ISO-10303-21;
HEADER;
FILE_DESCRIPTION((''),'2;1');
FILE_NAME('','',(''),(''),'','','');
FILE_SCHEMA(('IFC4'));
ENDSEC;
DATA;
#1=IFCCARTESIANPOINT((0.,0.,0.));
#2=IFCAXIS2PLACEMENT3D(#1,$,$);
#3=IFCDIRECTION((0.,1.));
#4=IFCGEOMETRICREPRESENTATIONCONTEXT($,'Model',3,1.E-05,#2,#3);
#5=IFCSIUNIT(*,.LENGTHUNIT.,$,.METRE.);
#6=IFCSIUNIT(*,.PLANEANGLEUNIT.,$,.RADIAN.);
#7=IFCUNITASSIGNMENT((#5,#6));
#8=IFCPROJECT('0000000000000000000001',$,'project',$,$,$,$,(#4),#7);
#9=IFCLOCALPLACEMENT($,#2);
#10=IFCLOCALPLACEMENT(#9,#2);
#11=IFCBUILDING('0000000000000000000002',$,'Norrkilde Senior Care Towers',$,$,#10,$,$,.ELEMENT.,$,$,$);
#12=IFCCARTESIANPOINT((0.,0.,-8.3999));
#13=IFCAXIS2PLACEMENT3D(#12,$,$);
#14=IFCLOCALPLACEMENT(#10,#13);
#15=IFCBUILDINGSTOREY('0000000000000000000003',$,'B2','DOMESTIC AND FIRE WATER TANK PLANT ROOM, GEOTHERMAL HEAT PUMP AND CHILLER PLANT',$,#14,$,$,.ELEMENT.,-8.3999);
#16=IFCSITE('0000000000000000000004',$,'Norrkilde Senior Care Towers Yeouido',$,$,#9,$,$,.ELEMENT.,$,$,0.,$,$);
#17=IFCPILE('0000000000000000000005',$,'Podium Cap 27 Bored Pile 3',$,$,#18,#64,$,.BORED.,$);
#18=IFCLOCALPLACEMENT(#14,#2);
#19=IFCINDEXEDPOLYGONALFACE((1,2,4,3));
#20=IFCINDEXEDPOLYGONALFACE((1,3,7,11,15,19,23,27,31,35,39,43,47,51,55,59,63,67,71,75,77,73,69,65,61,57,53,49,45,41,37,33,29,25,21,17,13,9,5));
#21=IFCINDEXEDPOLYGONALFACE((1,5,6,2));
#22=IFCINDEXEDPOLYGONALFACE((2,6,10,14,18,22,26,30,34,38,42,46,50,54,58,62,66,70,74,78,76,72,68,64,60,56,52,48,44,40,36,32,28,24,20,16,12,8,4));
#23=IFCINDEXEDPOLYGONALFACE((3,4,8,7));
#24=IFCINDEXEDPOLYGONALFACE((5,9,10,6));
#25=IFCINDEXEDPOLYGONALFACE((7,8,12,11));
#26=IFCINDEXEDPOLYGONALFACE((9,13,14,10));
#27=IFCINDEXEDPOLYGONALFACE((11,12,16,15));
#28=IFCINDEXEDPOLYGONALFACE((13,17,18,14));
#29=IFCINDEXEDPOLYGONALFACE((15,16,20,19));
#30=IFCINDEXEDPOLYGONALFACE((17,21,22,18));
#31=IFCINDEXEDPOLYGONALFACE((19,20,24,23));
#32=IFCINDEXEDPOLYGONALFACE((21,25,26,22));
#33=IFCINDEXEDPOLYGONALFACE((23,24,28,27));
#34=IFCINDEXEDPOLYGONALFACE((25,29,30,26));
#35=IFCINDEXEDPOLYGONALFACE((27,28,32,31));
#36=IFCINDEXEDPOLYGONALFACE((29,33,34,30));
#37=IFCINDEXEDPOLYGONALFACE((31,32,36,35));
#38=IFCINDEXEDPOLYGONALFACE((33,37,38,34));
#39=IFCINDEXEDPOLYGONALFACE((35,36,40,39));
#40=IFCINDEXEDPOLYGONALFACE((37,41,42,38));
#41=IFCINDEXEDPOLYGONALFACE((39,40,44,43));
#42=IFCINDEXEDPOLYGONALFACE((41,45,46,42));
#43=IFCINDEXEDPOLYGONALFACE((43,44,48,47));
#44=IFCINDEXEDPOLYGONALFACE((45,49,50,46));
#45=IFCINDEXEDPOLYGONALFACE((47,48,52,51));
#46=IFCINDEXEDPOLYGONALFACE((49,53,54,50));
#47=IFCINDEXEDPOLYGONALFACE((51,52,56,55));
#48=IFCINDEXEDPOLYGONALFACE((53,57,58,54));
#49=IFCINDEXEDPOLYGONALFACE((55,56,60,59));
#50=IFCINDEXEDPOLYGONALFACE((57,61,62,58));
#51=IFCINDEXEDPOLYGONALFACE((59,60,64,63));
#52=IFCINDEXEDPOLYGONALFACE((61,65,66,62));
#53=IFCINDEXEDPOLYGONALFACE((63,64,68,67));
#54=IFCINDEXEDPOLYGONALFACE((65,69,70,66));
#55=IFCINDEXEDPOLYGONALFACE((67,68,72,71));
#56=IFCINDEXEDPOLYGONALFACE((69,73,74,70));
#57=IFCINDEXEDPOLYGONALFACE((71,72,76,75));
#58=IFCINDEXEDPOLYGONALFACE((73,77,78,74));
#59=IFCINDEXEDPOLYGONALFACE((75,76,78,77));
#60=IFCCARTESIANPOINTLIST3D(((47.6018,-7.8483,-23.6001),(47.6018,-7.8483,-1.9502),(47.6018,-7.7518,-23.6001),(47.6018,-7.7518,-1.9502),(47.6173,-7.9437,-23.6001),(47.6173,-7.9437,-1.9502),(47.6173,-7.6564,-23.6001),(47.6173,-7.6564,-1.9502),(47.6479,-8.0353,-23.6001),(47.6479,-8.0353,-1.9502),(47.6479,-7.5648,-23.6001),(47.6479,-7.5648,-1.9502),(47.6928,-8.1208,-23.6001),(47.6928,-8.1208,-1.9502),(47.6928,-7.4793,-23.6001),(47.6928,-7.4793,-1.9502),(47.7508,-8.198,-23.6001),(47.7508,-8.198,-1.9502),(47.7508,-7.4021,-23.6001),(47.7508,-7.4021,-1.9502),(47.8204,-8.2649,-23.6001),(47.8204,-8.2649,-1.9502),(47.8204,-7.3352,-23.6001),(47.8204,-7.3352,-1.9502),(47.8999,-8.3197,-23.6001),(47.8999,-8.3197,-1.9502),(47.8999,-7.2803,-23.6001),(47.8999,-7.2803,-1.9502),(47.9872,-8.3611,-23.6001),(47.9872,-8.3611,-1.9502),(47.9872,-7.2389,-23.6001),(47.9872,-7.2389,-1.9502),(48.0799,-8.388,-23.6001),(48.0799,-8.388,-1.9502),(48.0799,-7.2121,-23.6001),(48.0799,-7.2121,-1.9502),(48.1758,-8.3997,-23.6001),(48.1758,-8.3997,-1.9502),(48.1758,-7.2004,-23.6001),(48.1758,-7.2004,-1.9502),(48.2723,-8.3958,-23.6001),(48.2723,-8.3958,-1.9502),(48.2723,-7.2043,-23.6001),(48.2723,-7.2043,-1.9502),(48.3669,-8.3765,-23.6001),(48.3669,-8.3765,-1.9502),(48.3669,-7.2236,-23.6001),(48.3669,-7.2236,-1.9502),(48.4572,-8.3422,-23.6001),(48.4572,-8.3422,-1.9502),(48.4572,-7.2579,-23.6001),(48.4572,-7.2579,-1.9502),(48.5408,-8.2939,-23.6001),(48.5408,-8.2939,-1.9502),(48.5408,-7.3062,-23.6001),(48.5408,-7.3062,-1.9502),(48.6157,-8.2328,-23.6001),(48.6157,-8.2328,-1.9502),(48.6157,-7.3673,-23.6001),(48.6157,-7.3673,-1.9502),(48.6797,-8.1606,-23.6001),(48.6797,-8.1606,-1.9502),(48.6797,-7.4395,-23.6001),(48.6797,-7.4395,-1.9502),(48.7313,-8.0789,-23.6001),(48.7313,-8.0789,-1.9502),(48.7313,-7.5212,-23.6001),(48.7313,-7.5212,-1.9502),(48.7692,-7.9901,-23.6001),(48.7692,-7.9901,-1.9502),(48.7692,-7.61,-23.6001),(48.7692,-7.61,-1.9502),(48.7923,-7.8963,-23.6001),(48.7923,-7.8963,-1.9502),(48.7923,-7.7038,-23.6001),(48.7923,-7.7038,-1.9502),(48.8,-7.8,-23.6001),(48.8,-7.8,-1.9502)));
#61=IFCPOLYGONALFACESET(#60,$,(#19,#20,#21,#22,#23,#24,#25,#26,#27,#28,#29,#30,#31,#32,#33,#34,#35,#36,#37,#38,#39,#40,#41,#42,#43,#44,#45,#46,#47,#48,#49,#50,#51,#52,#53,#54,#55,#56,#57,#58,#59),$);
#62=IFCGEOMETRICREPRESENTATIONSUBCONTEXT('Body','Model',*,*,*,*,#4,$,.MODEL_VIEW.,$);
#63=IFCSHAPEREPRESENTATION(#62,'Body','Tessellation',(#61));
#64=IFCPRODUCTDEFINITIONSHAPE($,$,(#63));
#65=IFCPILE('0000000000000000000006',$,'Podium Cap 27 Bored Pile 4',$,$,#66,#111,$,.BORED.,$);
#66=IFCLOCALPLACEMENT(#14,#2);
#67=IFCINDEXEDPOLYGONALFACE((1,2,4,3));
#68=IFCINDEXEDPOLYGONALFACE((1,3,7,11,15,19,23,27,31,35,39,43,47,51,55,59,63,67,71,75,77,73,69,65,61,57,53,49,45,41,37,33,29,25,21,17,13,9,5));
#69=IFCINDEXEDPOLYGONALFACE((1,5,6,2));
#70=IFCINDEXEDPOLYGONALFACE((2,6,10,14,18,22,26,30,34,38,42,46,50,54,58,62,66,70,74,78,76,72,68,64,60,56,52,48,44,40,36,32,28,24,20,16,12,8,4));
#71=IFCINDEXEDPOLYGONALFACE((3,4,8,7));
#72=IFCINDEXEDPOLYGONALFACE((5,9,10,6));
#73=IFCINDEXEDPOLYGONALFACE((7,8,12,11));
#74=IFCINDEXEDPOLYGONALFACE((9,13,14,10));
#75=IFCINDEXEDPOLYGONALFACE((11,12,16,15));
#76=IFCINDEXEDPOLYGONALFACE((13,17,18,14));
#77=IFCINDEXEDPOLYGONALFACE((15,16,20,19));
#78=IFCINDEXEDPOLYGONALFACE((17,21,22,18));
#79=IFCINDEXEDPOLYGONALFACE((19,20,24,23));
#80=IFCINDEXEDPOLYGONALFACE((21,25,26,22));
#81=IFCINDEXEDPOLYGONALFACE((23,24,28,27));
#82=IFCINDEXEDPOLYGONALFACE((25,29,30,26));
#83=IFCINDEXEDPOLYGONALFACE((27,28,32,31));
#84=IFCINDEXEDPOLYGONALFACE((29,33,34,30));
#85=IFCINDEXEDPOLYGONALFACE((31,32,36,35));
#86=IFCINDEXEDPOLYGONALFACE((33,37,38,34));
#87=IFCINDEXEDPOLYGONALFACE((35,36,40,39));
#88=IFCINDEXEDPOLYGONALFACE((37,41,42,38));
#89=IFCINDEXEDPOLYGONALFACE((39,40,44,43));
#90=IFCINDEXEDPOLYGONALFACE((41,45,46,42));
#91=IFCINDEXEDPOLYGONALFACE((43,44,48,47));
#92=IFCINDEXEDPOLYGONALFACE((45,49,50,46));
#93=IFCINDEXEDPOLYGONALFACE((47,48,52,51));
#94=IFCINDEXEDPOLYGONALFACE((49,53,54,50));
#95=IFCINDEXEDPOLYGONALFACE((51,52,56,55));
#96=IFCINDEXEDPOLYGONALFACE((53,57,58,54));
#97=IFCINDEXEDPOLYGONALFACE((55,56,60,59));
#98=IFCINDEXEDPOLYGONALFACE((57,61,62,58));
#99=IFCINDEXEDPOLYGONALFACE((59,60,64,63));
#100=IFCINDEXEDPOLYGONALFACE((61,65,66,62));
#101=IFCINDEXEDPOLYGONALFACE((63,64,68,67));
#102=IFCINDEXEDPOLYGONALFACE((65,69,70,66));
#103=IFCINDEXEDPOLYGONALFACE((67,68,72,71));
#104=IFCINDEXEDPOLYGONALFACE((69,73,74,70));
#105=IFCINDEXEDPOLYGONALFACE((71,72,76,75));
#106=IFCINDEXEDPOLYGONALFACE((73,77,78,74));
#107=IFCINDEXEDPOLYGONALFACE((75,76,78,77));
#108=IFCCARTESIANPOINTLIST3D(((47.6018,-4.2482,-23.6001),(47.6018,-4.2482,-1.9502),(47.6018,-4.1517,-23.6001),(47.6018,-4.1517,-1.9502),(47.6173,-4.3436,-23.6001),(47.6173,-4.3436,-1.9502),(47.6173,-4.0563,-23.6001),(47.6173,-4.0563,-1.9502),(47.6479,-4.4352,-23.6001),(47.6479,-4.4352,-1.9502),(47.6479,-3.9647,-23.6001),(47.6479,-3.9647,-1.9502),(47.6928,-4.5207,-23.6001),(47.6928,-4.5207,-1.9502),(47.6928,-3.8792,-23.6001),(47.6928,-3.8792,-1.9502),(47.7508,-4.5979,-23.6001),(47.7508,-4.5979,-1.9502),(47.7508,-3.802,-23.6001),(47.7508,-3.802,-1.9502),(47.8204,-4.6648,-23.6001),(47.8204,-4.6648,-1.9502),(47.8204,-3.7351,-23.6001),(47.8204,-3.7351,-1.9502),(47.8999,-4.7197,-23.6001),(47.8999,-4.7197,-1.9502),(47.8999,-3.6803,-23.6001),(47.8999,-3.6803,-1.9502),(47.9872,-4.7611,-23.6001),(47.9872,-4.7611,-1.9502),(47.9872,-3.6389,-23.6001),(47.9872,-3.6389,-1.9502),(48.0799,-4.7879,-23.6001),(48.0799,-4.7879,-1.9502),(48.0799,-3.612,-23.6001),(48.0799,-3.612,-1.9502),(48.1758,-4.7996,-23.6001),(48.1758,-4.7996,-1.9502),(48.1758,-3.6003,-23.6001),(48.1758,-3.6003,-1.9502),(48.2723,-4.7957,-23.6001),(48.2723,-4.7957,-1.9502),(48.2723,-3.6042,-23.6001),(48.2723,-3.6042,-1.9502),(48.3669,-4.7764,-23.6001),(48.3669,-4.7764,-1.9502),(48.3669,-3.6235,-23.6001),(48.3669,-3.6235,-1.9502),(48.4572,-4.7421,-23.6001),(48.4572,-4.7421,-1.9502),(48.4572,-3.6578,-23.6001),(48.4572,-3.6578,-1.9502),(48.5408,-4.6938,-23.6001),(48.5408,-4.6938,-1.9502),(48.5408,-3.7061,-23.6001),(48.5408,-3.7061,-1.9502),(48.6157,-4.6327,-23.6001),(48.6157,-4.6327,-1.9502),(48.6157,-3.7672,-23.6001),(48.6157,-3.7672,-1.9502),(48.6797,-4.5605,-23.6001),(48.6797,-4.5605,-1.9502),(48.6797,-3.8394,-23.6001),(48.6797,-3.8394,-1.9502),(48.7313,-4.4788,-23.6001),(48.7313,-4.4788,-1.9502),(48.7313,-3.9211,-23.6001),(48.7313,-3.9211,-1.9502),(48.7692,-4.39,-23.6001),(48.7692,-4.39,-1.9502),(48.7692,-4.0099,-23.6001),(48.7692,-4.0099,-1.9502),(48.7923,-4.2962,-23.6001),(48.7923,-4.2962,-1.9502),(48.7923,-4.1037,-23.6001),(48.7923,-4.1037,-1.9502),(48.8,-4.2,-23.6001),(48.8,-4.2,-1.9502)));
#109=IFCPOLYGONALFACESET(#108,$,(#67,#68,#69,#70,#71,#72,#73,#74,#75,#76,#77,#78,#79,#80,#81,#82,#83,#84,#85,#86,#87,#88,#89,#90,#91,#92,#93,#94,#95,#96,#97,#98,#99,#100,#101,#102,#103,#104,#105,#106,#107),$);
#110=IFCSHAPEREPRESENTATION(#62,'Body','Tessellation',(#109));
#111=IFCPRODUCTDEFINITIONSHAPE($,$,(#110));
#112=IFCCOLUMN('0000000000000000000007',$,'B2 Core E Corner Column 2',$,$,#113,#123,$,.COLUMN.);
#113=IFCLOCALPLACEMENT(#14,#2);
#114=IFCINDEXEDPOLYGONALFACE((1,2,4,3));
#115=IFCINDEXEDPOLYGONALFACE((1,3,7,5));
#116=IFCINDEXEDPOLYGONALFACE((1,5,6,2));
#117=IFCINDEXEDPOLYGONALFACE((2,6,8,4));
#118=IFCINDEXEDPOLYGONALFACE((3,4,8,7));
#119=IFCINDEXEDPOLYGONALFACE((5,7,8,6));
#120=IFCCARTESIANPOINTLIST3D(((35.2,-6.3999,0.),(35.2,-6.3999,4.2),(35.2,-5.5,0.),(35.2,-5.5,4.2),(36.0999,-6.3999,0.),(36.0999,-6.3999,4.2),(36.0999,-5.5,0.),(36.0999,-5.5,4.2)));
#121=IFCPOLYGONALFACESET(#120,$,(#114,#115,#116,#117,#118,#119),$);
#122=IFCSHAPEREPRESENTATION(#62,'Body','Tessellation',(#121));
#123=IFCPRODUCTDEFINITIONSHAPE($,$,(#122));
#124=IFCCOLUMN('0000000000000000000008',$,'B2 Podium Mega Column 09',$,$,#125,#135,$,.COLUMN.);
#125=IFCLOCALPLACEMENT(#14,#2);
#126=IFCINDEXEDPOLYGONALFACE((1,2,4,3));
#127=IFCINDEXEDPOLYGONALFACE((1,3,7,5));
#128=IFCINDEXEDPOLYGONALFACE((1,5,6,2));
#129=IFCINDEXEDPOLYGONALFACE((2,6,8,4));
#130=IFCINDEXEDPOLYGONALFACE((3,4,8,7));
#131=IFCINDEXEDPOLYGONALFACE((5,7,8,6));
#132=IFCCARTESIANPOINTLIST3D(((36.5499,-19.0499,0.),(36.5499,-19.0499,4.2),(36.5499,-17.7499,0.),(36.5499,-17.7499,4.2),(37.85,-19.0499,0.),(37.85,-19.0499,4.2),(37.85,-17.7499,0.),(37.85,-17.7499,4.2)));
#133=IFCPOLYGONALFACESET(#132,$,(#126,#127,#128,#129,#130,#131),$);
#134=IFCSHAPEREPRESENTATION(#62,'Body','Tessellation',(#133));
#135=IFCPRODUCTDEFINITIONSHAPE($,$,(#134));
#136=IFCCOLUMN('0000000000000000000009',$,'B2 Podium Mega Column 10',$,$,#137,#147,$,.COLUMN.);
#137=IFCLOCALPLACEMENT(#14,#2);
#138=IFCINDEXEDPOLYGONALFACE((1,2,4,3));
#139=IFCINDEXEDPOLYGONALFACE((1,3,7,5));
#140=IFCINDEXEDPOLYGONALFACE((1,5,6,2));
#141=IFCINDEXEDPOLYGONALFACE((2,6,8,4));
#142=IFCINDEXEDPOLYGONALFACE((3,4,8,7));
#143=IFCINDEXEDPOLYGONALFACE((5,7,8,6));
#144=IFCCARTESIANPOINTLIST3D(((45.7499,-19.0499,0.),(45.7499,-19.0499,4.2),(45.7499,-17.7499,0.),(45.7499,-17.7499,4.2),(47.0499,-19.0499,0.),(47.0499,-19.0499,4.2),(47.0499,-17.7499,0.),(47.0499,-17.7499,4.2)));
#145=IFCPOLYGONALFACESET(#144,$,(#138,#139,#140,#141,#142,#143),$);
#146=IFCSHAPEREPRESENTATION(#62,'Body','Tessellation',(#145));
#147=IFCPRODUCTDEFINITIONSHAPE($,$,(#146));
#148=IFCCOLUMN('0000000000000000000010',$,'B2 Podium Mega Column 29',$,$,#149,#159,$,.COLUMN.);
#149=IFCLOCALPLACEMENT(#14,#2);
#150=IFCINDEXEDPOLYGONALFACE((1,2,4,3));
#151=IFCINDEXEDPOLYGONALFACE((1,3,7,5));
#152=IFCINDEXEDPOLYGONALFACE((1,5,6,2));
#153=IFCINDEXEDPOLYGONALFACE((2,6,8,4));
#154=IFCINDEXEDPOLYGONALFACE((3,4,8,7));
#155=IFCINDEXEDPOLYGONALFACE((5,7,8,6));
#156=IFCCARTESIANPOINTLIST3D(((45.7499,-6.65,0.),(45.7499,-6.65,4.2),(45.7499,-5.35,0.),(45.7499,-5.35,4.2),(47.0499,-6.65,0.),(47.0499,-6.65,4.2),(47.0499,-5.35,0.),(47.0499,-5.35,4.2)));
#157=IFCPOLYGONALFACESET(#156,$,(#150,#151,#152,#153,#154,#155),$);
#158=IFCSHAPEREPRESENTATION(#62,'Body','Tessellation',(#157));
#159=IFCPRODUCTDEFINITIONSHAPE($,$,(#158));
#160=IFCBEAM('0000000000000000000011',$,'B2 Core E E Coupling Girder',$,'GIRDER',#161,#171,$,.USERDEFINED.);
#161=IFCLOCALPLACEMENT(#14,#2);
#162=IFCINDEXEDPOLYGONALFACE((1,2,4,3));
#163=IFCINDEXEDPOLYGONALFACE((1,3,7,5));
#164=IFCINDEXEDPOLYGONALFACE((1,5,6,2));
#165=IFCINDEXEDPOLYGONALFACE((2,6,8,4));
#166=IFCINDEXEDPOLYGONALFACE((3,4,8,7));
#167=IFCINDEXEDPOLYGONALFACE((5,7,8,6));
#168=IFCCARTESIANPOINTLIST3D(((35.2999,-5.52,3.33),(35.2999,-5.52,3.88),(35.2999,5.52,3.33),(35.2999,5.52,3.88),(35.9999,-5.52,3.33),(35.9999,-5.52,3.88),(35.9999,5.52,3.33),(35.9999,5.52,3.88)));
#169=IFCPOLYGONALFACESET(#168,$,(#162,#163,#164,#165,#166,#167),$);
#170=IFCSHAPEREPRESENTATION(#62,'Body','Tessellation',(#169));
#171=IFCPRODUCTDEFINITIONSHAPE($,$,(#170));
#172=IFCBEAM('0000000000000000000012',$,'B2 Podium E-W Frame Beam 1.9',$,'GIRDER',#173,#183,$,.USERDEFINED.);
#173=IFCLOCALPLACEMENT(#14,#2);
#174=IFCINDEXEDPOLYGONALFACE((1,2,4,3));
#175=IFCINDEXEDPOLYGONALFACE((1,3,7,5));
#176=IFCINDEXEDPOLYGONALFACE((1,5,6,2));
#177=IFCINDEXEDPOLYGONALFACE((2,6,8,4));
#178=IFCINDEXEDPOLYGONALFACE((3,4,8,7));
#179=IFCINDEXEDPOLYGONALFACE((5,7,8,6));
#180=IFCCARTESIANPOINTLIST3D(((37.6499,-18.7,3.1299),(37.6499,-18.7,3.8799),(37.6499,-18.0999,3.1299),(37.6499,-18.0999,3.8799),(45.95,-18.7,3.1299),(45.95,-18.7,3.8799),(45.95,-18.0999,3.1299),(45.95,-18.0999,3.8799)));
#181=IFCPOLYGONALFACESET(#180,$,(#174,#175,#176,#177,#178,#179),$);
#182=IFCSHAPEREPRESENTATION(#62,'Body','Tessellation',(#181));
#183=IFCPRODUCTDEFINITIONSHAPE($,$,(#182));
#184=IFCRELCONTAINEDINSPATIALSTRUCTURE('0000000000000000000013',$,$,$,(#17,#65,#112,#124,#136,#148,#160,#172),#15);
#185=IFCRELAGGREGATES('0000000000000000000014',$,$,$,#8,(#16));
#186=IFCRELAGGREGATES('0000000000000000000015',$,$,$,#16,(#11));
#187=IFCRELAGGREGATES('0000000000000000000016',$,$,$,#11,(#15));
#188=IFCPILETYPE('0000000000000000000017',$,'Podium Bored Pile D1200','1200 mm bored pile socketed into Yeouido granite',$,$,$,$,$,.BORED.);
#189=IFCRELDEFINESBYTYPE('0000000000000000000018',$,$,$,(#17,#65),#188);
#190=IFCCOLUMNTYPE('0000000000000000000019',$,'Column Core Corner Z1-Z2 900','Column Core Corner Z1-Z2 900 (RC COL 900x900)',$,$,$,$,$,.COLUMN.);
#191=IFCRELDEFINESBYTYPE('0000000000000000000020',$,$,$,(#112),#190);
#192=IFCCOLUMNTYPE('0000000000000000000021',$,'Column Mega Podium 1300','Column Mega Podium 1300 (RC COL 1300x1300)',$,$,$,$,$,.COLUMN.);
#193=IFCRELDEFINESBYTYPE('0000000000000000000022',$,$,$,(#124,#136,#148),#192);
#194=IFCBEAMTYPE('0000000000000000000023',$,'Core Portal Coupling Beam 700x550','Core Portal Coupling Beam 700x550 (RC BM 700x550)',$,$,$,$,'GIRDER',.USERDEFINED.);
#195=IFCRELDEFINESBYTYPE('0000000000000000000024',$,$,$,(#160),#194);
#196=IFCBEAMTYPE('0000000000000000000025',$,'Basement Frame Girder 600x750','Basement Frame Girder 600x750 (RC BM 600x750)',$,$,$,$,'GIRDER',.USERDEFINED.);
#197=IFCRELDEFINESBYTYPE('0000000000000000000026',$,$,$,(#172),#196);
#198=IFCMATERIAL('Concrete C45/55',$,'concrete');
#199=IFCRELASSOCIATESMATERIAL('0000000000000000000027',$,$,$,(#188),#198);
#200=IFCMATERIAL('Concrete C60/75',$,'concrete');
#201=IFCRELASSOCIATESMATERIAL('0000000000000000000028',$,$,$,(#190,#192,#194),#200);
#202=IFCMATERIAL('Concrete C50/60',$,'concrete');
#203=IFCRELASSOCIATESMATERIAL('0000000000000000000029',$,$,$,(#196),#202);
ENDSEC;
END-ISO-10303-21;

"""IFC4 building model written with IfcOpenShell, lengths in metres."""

from ifc_helpers import new_model, si_unit, direction, frame, origin, origin_2d, place, context, subcontext, project, spatial, rectangle, circle, extrude, source, transform, mapped, material, material_profile, profile_set, type_object, type_shapes, element, save


model = new_model("IFC4")

# Units and contexts
model_context = context("Model", 3, precision=1e-05, world=origin(), true_north=direction((0.0, 1.0)))
body_context = subcontext(model_context, "Body", "Model", "MODEL_VIEW")
ifc_project = project(units=[si_unit("LENGTHUNIT", "METRE"), si_unit("PLANEANGLEUNIT", "RADIAN")], contexts=[model_context])

# Site, building, storey
site_placement = place(None, origin())
site = spatial("IfcSite", under=ifc_project, at=site_placement, Name="Norrkilde Senior Care Towers Yeouido", CompositionType="ELEMENT", RefElevation=0.0)
building_placement = place(site_placement, origin())
building = spatial("IfcBuilding", under=site, at=building_placement, Name="Norrkilde Senior Care Towers", CompositionType="ELEMENT")
storey_placement = place(building_placement, frame((0.0, 0.0, -8.3999)))
storey = spatial("IfcBuildingStorey", under=building, at=storey_placement, Name="B2", Description="DOMESTIC AND FIRE WATER TANK PLANT ROOM, GEOTHERMAL HEAT PUMP AND CHILLER PLANT", CompositionType="ELEMENT", Elevation=-8.3999)

# Piles
ifc_material_1 = material(Name="Concrete C45/55", Category="concrete")
ifc_material_profile_1 = material_profile(ifc_material_1, circle(Radius=0.6001, at=origin_2d()), Name="BORED PILE 1200")
ifc_profile_set_1 = profile_set([ifc_material_profile_1], Name="Concrete C45/55")
pile_type_1 = type_object("IfcPileType", Name="Podium Bored Pile D1200", Description="1200 mm bored pile socketed into Yeouido granite", PredefinedType="BORED", material=ifc_profile_set_1)
shared_shape_1 = source(origin(), body_context, "Body", "SweptSolid", [
    extrude(circle(Radius=0.6001, at=origin_2d()), origin(), (0.0, 0.0, 1.0), 21.6499),
])
for number, where, z_axis, x_axis, name in (
    (1, (48.2, -7.8, -1.9502), (0.0, 0.0, -1.0), (1.0, 0.0, 0.0), "Podium Cap 27 Bored Pile 3"),
    (2, (48.2, -4.2, -1.9502), (0.0, 0.0, -1.0), (1.0, 0.0, 0.0), "Podium Cap 27 Bored Pile 4"),
):
    element("IfcPile", number, at=place(storey_placement, frame(where, z_axis=z_axis, x_axis=x_axis)), inside=storey, type_object=pile_type_1, Name=name, PredefinedType="BORED", context=body_context, shape_type="MappedRepresentation", body=[
        mapped(shared_shape_1, transform((0.0, 0.0, 0.0), x_axis=(1.0, 0.0, 0.0), y_axis=(0.0, 1.0, 0.0), z_axis=(0.0, 0.0, 1.0), scale=1.0)),
    ])

# Columns
ifc_material_2 = material(Name="Concrete C60/75", Category="concrete")
ifc_material_profile_2 = material_profile(ifc_material_2, rectangle(XDim=0.8999, YDim=0.8999, at=origin_2d()), Name="RC COL 900x900")
ifc_profile_set_2 = profile_set([ifc_material_profile_2], Name="Concrete C60/75")
column_type_1 = type_object("IfcColumnType", Name="Column Core Corner Z1-Z2 900", Description="Column Core Corner Z1-Z2 900 (RC COL 900x900)", PredefinedType="COLUMN", material=ifc_profile_set_2)
shared_shape_2 = source(origin(), body_context, "Body", "SweptSolid", [
    extrude(rectangle(XDim=0.8999, YDim=0.8999, at=origin_2d()), origin(), (0.0, 0.0, 1.0), 4.2),
])
type_shapes(column_type_1, [shared_shape_2])
column_placement = place(storey_placement, frame((35.6499, -5.95, 0.0), z_axis=(0.0, 0.0, 1.0), x_axis=(1.0, 0.0, 0.0)))
element("IfcColumn", 3, at=column_placement, inside=storey, type_object=column_type_1, Name="B2 Core E Corner Column 2", PredefinedType="COLUMN", context=body_context, shape_type="MappedRepresentation", body=[
    mapped(shared_shape_2, transform((0.0, 0.0, 0.0), x_axis=(1.0, 0.0, 0.0), y_axis=(0.0, 1.0, 0.0), z_axis=(0.0, 0.0, 1.0), scale=1.0)),
])
ifc_material_profile_3 = material_profile(ifc_material_2, rectangle(XDim=1.3, YDim=1.3, at=origin_2d()), Name="RC COL 1300x1300")
ifc_profile_set_3 = profile_set([ifc_material_profile_3], Name="Concrete C60/75")
column_type_2 = type_object("IfcColumnType", Name="Column Mega Podium 1300", Description="Column Mega Podium 1300 (RC COL 1300x1300)", PredefinedType="COLUMN", material=ifc_profile_set_3)
shared_shape_3 = source(origin(), body_context, "Body", "SweptSolid", [
    extrude(rectangle(XDim=1.3, YDim=1.3, at=origin_2d()), origin(), (0.0, 0.0, 1.0), 4.2),
])
type_shapes(column_type_2, [shared_shape_3])
for number, where, z_axis, x_axis, name in (
    (4, (37.2, -18.3999, 0.0), (0.0, 0.0, 1.0), (1.0, 0.0, 0.0), "B2 Podium Mega Column 09"),
    (5, (46.3999, -18.3999, 0.0), (0.0, 0.0, 1.0), (1.0, 0.0, 0.0), "B2 Podium Mega Column 10"),
    (6, (46.3999, -6.0, 0.0), (0.0, 0.0, 1.0), (1.0, 0.0, 0.0), "B2 Podium Mega Column 29"),
):
    element("IfcColumn", number, at=place(storey_placement, frame(where, z_axis=z_axis, x_axis=x_axis)), inside=storey, type_object=column_type_2, Name=name, PredefinedType="COLUMN", context=body_context, shape_type="MappedRepresentation", body=[
        mapped(shared_shape_3, transform((0.0, 0.0, 0.0), x_axis=(1.0, 0.0, 0.0), y_axis=(0.0, 1.0, 0.0), z_axis=(0.0, 0.0, 1.0), scale=1.0)),
    ])

# Beams
ifc_material_profile_4 = material_profile(ifc_material_2, rectangle(XDim=0.7, YDim=0.55, at=origin_2d()), Name="RC BM 700x550")
ifc_profile_set_4 = profile_set([ifc_material_profile_4], Name="Concrete C60/75")
beam_type_1 = type_object("IfcBeamType", Name="Core Portal Coupling Beam 700x550", Description="Core Portal Coupling Beam 700x550 (RC BM 700x550)", ElementType="GIRDER", PredefinedType="USERDEFINED", material=ifc_profile_set_4)
shared_shape_4 = source(origin(), body_context, "Body", "SweptSolid", [
    extrude(rectangle(XDim=0.7, YDim=0.55, at=origin_2d()), origin(), (0.0, 0.0, 1.0), 11.04),
])
type_shapes(beam_type_1, [shared_shape_4])
beam_1_placement = place(storey_placement, frame((35.6499, -5.52, 3.605), z_axis=(0.0, 1.0, 0.0), x_axis=(-1.0, 0.0, 0.0)))
element("IfcBeam", 7, at=beam_1_placement, inside=storey, type_object=beam_type_1, Name="B2 Core E E Coupling Girder", ObjectType="GIRDER", PredefinedType="USERDEFINED", context=body_context, shape_type="MappedRepresentation", body=[
    mapped(shared_shape_4, transform((0.0, 0.0, 0.0), x_axis=(1.0, 0.0, 0.0), y_axis=(0.0, 1.0, 0.0), z_axis=(0.0, 0.0, 1.0), scale=1.0)),
])
ifc_material_3 = material(Name="Concrete C50/60", Category="concrete")
ifc_material_profile_5 = material_profile(ifc_material_3, rectangle(XDim=0.6001, YDim=0.75, at=origin_2d()), Name="RC BM 600x750")
ifc_profile_set_5 = profile_set([ifc_material_profile_5], Name="Concrete C50/60")
beam_type_2 = type_object("IfcBeamType", Name="Basement Frame Girder 600x750", Description="Basement Frame Girder 600x750 (RC BM 600x750)", ElementType="GIRDER", PredefinedType="USERDEFINED", material=ifc_profile_set_5)
shared_shape_5 = source(origin(), body_context, "Body", "SweptSolid", [
    extrude(rectangle(XDim=0.6001, YDim=0.75, at=origin_2d()), origin(), (0.0, 0.0, 1.0), 8.3),
])
beam_2_placement = place(storey_placement, frame((37.6499, -18.3999, 3.5049), z_axis=(1.0, 0.0, 0.0), x_axis=(0.0, 1.0, 0.0)))
element("IfcBeam", 8, at=beam_2_placement, inside=storey, type_object=beam_type_2, Name="B2 Podium E-W Frame Beam 1.9", ObjectType="GIRDER", PredefinedType="USERDEFINED", context=body_context, shape_type="MappedRepresentation", body=[
    mapped(shared_shape_5, transform((0.0, 0.0, 0.0), x_axis=(1.0, 0.0, 0.0), y_axis=(0.0, 1.0, 0.0), z_axis=(0.0, 0.0, 1.0), scale=1.0)),
])

save(model, "model.ifc")
